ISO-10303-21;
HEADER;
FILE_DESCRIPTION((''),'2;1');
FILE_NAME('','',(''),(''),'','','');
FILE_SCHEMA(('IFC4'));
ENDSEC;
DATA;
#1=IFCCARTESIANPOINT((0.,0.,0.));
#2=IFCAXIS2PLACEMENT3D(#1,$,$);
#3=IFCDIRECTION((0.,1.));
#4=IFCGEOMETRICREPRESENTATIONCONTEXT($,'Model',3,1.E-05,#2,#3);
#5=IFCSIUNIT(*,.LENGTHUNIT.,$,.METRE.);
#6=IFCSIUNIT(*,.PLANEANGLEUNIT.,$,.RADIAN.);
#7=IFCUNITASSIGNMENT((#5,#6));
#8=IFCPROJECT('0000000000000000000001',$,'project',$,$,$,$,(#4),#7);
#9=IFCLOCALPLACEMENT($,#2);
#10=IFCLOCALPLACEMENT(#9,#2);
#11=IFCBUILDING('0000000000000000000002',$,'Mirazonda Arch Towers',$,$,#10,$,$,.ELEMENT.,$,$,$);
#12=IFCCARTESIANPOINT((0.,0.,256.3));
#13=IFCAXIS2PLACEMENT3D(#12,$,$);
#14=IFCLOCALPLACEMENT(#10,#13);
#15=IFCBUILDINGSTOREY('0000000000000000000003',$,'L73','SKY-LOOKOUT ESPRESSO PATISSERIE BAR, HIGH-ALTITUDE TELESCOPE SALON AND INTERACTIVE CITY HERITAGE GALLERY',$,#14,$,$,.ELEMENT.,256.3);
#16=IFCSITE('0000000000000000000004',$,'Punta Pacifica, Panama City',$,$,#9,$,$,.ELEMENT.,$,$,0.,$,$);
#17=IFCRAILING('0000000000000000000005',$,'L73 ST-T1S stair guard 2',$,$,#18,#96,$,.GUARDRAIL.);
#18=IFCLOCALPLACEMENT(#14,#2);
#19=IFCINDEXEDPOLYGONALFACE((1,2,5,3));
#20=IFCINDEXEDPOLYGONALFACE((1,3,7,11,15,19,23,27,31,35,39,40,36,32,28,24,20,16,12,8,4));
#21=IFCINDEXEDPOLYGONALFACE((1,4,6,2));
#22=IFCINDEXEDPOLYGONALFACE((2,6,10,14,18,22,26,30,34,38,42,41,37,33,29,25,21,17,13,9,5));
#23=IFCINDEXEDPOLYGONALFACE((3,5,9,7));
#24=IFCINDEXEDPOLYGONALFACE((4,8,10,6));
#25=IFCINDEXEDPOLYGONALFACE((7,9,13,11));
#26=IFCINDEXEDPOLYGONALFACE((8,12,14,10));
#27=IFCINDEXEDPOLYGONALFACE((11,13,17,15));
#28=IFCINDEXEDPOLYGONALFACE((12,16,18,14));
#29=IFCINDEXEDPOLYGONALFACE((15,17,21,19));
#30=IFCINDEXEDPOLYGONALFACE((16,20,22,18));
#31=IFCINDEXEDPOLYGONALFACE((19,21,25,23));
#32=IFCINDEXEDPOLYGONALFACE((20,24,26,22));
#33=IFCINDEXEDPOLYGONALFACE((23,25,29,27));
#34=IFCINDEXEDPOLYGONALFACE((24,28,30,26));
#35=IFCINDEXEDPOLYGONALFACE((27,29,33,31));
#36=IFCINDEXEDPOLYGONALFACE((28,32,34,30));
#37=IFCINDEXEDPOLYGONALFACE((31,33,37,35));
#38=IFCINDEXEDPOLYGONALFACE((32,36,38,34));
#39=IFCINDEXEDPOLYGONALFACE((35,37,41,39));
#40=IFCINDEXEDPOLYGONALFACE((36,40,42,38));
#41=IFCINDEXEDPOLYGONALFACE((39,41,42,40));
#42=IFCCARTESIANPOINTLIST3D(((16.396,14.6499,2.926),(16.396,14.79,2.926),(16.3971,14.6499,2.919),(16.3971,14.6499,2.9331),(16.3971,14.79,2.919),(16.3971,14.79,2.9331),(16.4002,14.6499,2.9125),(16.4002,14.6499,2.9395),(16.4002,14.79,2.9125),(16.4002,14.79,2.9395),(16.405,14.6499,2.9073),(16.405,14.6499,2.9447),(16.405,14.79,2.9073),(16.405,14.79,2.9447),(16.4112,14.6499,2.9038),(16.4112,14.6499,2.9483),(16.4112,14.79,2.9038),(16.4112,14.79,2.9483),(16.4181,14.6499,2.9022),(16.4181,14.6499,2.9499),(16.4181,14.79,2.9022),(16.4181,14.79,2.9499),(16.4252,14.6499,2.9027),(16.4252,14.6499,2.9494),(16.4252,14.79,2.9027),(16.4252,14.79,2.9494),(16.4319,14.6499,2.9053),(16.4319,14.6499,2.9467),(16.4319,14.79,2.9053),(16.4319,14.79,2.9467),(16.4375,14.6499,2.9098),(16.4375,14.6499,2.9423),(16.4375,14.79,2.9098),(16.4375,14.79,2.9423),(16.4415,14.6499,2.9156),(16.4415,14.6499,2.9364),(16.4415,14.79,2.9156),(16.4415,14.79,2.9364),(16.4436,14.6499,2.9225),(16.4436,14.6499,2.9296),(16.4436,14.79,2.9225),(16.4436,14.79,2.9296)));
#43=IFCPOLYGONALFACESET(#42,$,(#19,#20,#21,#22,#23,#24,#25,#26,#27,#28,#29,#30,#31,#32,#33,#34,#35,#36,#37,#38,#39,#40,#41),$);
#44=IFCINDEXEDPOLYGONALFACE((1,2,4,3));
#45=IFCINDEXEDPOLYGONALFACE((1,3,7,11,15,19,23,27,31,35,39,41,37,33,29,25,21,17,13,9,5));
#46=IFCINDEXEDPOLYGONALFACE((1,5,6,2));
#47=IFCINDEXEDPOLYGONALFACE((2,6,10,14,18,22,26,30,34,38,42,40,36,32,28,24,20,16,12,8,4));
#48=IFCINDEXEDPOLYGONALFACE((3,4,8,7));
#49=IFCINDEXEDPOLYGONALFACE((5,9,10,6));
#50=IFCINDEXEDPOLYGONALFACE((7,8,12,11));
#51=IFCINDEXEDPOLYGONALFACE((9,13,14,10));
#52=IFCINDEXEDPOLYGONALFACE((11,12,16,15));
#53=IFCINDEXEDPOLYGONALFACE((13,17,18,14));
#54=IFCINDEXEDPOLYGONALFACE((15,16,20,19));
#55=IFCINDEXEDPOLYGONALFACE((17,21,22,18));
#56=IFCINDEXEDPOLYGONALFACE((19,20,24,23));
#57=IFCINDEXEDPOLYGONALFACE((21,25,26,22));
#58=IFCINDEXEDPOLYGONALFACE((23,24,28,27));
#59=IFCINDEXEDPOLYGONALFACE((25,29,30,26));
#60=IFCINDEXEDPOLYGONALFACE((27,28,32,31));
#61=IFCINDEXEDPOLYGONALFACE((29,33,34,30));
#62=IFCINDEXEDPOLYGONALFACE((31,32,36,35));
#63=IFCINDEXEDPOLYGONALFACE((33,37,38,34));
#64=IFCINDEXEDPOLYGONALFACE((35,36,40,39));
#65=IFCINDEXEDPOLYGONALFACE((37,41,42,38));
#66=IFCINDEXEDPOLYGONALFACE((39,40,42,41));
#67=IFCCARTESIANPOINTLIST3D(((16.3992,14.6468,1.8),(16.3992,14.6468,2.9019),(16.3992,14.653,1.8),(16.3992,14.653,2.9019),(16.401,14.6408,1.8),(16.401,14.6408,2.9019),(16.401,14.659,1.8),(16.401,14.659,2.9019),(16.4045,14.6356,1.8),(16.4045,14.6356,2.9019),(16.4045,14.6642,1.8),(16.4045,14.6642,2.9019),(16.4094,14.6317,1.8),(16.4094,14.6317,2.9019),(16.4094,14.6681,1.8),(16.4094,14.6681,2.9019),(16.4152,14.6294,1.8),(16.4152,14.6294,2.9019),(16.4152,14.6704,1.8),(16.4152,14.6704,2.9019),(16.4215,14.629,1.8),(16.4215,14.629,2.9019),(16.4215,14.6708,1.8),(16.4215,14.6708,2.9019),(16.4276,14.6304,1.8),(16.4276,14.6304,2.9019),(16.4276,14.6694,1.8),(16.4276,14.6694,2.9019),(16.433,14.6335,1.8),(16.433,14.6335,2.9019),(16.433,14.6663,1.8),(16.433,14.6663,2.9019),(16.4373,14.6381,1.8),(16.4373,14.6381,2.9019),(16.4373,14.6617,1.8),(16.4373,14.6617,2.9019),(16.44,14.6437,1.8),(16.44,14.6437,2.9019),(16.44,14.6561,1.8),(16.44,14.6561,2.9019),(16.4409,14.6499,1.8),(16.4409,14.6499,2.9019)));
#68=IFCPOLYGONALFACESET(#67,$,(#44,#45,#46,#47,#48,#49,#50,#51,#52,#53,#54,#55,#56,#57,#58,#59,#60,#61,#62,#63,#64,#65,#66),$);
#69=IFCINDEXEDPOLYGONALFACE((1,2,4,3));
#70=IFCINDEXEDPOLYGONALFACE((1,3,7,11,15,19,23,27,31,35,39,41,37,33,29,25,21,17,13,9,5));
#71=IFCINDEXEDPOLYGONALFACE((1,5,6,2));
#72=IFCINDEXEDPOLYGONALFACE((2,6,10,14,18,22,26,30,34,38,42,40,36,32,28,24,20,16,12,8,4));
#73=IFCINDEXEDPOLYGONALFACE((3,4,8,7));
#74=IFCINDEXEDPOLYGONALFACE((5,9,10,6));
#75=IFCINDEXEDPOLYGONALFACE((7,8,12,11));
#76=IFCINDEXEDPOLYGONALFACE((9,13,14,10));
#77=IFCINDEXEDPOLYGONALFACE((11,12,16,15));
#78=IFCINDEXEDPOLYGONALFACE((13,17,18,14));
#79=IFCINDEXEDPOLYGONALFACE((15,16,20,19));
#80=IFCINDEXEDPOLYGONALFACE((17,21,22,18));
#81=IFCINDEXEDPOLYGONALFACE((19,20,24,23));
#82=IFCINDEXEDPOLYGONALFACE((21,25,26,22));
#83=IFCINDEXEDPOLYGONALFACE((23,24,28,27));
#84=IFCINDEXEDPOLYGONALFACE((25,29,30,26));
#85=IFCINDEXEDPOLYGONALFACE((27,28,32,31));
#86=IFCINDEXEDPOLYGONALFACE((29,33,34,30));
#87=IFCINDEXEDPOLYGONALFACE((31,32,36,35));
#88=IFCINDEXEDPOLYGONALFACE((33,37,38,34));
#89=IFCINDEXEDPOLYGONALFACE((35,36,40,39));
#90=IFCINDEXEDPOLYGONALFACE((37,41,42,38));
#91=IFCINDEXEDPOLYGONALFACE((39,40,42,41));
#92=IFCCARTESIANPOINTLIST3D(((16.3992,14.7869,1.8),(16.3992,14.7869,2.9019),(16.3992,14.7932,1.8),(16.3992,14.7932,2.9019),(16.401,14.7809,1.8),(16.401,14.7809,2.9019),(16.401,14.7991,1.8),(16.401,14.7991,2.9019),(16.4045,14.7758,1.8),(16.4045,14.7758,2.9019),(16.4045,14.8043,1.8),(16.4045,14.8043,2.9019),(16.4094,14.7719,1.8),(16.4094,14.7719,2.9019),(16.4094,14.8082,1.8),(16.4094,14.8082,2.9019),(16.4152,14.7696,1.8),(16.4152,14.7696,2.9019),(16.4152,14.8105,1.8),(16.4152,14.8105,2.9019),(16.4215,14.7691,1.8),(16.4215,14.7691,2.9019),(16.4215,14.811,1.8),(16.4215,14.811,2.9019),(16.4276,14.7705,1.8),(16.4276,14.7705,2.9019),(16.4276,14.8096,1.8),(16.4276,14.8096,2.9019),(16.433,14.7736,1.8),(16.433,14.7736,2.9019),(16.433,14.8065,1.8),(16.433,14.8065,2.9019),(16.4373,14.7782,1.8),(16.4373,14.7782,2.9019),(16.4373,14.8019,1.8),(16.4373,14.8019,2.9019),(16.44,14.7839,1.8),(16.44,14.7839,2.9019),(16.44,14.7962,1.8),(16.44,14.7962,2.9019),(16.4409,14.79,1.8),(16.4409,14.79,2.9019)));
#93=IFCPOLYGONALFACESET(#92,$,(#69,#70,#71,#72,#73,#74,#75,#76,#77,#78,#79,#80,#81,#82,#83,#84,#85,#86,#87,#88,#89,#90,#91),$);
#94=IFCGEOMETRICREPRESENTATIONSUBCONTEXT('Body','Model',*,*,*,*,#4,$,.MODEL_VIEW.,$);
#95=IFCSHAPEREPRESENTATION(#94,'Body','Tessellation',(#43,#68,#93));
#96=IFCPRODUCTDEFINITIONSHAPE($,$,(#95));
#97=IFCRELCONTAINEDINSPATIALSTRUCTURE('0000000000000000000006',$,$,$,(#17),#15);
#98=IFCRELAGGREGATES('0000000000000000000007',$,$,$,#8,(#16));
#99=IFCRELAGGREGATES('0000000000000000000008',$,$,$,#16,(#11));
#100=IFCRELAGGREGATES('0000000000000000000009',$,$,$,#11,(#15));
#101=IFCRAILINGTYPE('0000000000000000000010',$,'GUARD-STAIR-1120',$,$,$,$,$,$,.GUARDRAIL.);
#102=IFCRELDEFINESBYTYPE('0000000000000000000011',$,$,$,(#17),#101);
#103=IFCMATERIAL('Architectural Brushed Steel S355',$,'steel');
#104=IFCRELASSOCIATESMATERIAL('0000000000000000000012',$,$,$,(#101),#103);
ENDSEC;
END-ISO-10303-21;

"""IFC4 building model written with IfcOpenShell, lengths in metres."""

from ifc_helpers import new_model, si_unit, direction, frame, origin, origin_2d, place, context, subcontext, project, spatial, circle, extrude, material, type_object, element, save


model = new_model("IFC4")

# Units and contexts
model_context = context("Model", 3, precision=1e-05, world=origin(), true_north=direction((0.0, 1.0)))
body_context = subcontext(model_context, "Body", "Model", "MODEL_VIEW")
ifc_project = project(units=[si_unit("LENGTHUNIT", "METRE"), si_unit("PLANEANGLEUNIT", "RADIAN")], contexts=[model_context])

# Site, building, storey
site_placement = place(None, origin())
site = spatial("IfcSite", under=ifc_project, at=site_placement, Name="Punta Pacifica, Panama City", CompositionType="ELEMENT", RefElevation=0.0)
building_placement = place(site_placement, origin())
building = spatial("IfcBuilding", under=site, at=building_placement, Name="Mirazonda Arch Towers", CompositionType="ELEMENT")
storey_placement = place(building_placement, frame((0.0, 0.0, 256.3)))
storey = spatial("IfcBuildingStorey", under=building, at=storey_placement, Name="L73", Description="SKY-LOOKOUT ESPRESSO PATISSERIE BAR, HIGH-ALTITUDE TELESCOPE SALON AND INTERACTIVE CITY HERITAGE GALLERY", CompositionType="ELEMENT", Elevation=256.3)

# Railing
ifc_material_1 = material(Name="Architectural Brushed Steel S355", Category="steel")
railing_type_1 = type_object("IfcRailingType", Name="GUARD-STAIR-1120", PredefinedType="GUARDRAIL", material=ifc_material_1)
railing_1_placement = place(storey_placement, frame((16.4199, 14.6499, 1.8)))
element("IfcRailing", 1, at=railing_1_placement, inside=storey, type_object=railing_type_1, Name="L73 ST-T1S stair guard 2", PredefinedType="GUARDRAIL", context=body_context, shape_type="SweptSolid", body=[
    extrude(circle(Radius=0.0239, at=origin_2d()), frame((0.0, 0.0, 1.126), z_axis=(0.0, 1.0, 0.0), x_axis=(-1.0, 0.0, 0.0)), (0.0, 0.0, 1.0), 0.1401),
    extrude(circle(Radius=0.021, at=origin_2d()), origin(), (0.0, 0.0, 1.0), 1.1018),
    extrude(circle(Radius=0.021, at=origin_2d()), frame((0.0, 0.1401, 0.0)), (0.0, 0.0, 1.0), 1.1018),
])

save(model, "model.ifc")
